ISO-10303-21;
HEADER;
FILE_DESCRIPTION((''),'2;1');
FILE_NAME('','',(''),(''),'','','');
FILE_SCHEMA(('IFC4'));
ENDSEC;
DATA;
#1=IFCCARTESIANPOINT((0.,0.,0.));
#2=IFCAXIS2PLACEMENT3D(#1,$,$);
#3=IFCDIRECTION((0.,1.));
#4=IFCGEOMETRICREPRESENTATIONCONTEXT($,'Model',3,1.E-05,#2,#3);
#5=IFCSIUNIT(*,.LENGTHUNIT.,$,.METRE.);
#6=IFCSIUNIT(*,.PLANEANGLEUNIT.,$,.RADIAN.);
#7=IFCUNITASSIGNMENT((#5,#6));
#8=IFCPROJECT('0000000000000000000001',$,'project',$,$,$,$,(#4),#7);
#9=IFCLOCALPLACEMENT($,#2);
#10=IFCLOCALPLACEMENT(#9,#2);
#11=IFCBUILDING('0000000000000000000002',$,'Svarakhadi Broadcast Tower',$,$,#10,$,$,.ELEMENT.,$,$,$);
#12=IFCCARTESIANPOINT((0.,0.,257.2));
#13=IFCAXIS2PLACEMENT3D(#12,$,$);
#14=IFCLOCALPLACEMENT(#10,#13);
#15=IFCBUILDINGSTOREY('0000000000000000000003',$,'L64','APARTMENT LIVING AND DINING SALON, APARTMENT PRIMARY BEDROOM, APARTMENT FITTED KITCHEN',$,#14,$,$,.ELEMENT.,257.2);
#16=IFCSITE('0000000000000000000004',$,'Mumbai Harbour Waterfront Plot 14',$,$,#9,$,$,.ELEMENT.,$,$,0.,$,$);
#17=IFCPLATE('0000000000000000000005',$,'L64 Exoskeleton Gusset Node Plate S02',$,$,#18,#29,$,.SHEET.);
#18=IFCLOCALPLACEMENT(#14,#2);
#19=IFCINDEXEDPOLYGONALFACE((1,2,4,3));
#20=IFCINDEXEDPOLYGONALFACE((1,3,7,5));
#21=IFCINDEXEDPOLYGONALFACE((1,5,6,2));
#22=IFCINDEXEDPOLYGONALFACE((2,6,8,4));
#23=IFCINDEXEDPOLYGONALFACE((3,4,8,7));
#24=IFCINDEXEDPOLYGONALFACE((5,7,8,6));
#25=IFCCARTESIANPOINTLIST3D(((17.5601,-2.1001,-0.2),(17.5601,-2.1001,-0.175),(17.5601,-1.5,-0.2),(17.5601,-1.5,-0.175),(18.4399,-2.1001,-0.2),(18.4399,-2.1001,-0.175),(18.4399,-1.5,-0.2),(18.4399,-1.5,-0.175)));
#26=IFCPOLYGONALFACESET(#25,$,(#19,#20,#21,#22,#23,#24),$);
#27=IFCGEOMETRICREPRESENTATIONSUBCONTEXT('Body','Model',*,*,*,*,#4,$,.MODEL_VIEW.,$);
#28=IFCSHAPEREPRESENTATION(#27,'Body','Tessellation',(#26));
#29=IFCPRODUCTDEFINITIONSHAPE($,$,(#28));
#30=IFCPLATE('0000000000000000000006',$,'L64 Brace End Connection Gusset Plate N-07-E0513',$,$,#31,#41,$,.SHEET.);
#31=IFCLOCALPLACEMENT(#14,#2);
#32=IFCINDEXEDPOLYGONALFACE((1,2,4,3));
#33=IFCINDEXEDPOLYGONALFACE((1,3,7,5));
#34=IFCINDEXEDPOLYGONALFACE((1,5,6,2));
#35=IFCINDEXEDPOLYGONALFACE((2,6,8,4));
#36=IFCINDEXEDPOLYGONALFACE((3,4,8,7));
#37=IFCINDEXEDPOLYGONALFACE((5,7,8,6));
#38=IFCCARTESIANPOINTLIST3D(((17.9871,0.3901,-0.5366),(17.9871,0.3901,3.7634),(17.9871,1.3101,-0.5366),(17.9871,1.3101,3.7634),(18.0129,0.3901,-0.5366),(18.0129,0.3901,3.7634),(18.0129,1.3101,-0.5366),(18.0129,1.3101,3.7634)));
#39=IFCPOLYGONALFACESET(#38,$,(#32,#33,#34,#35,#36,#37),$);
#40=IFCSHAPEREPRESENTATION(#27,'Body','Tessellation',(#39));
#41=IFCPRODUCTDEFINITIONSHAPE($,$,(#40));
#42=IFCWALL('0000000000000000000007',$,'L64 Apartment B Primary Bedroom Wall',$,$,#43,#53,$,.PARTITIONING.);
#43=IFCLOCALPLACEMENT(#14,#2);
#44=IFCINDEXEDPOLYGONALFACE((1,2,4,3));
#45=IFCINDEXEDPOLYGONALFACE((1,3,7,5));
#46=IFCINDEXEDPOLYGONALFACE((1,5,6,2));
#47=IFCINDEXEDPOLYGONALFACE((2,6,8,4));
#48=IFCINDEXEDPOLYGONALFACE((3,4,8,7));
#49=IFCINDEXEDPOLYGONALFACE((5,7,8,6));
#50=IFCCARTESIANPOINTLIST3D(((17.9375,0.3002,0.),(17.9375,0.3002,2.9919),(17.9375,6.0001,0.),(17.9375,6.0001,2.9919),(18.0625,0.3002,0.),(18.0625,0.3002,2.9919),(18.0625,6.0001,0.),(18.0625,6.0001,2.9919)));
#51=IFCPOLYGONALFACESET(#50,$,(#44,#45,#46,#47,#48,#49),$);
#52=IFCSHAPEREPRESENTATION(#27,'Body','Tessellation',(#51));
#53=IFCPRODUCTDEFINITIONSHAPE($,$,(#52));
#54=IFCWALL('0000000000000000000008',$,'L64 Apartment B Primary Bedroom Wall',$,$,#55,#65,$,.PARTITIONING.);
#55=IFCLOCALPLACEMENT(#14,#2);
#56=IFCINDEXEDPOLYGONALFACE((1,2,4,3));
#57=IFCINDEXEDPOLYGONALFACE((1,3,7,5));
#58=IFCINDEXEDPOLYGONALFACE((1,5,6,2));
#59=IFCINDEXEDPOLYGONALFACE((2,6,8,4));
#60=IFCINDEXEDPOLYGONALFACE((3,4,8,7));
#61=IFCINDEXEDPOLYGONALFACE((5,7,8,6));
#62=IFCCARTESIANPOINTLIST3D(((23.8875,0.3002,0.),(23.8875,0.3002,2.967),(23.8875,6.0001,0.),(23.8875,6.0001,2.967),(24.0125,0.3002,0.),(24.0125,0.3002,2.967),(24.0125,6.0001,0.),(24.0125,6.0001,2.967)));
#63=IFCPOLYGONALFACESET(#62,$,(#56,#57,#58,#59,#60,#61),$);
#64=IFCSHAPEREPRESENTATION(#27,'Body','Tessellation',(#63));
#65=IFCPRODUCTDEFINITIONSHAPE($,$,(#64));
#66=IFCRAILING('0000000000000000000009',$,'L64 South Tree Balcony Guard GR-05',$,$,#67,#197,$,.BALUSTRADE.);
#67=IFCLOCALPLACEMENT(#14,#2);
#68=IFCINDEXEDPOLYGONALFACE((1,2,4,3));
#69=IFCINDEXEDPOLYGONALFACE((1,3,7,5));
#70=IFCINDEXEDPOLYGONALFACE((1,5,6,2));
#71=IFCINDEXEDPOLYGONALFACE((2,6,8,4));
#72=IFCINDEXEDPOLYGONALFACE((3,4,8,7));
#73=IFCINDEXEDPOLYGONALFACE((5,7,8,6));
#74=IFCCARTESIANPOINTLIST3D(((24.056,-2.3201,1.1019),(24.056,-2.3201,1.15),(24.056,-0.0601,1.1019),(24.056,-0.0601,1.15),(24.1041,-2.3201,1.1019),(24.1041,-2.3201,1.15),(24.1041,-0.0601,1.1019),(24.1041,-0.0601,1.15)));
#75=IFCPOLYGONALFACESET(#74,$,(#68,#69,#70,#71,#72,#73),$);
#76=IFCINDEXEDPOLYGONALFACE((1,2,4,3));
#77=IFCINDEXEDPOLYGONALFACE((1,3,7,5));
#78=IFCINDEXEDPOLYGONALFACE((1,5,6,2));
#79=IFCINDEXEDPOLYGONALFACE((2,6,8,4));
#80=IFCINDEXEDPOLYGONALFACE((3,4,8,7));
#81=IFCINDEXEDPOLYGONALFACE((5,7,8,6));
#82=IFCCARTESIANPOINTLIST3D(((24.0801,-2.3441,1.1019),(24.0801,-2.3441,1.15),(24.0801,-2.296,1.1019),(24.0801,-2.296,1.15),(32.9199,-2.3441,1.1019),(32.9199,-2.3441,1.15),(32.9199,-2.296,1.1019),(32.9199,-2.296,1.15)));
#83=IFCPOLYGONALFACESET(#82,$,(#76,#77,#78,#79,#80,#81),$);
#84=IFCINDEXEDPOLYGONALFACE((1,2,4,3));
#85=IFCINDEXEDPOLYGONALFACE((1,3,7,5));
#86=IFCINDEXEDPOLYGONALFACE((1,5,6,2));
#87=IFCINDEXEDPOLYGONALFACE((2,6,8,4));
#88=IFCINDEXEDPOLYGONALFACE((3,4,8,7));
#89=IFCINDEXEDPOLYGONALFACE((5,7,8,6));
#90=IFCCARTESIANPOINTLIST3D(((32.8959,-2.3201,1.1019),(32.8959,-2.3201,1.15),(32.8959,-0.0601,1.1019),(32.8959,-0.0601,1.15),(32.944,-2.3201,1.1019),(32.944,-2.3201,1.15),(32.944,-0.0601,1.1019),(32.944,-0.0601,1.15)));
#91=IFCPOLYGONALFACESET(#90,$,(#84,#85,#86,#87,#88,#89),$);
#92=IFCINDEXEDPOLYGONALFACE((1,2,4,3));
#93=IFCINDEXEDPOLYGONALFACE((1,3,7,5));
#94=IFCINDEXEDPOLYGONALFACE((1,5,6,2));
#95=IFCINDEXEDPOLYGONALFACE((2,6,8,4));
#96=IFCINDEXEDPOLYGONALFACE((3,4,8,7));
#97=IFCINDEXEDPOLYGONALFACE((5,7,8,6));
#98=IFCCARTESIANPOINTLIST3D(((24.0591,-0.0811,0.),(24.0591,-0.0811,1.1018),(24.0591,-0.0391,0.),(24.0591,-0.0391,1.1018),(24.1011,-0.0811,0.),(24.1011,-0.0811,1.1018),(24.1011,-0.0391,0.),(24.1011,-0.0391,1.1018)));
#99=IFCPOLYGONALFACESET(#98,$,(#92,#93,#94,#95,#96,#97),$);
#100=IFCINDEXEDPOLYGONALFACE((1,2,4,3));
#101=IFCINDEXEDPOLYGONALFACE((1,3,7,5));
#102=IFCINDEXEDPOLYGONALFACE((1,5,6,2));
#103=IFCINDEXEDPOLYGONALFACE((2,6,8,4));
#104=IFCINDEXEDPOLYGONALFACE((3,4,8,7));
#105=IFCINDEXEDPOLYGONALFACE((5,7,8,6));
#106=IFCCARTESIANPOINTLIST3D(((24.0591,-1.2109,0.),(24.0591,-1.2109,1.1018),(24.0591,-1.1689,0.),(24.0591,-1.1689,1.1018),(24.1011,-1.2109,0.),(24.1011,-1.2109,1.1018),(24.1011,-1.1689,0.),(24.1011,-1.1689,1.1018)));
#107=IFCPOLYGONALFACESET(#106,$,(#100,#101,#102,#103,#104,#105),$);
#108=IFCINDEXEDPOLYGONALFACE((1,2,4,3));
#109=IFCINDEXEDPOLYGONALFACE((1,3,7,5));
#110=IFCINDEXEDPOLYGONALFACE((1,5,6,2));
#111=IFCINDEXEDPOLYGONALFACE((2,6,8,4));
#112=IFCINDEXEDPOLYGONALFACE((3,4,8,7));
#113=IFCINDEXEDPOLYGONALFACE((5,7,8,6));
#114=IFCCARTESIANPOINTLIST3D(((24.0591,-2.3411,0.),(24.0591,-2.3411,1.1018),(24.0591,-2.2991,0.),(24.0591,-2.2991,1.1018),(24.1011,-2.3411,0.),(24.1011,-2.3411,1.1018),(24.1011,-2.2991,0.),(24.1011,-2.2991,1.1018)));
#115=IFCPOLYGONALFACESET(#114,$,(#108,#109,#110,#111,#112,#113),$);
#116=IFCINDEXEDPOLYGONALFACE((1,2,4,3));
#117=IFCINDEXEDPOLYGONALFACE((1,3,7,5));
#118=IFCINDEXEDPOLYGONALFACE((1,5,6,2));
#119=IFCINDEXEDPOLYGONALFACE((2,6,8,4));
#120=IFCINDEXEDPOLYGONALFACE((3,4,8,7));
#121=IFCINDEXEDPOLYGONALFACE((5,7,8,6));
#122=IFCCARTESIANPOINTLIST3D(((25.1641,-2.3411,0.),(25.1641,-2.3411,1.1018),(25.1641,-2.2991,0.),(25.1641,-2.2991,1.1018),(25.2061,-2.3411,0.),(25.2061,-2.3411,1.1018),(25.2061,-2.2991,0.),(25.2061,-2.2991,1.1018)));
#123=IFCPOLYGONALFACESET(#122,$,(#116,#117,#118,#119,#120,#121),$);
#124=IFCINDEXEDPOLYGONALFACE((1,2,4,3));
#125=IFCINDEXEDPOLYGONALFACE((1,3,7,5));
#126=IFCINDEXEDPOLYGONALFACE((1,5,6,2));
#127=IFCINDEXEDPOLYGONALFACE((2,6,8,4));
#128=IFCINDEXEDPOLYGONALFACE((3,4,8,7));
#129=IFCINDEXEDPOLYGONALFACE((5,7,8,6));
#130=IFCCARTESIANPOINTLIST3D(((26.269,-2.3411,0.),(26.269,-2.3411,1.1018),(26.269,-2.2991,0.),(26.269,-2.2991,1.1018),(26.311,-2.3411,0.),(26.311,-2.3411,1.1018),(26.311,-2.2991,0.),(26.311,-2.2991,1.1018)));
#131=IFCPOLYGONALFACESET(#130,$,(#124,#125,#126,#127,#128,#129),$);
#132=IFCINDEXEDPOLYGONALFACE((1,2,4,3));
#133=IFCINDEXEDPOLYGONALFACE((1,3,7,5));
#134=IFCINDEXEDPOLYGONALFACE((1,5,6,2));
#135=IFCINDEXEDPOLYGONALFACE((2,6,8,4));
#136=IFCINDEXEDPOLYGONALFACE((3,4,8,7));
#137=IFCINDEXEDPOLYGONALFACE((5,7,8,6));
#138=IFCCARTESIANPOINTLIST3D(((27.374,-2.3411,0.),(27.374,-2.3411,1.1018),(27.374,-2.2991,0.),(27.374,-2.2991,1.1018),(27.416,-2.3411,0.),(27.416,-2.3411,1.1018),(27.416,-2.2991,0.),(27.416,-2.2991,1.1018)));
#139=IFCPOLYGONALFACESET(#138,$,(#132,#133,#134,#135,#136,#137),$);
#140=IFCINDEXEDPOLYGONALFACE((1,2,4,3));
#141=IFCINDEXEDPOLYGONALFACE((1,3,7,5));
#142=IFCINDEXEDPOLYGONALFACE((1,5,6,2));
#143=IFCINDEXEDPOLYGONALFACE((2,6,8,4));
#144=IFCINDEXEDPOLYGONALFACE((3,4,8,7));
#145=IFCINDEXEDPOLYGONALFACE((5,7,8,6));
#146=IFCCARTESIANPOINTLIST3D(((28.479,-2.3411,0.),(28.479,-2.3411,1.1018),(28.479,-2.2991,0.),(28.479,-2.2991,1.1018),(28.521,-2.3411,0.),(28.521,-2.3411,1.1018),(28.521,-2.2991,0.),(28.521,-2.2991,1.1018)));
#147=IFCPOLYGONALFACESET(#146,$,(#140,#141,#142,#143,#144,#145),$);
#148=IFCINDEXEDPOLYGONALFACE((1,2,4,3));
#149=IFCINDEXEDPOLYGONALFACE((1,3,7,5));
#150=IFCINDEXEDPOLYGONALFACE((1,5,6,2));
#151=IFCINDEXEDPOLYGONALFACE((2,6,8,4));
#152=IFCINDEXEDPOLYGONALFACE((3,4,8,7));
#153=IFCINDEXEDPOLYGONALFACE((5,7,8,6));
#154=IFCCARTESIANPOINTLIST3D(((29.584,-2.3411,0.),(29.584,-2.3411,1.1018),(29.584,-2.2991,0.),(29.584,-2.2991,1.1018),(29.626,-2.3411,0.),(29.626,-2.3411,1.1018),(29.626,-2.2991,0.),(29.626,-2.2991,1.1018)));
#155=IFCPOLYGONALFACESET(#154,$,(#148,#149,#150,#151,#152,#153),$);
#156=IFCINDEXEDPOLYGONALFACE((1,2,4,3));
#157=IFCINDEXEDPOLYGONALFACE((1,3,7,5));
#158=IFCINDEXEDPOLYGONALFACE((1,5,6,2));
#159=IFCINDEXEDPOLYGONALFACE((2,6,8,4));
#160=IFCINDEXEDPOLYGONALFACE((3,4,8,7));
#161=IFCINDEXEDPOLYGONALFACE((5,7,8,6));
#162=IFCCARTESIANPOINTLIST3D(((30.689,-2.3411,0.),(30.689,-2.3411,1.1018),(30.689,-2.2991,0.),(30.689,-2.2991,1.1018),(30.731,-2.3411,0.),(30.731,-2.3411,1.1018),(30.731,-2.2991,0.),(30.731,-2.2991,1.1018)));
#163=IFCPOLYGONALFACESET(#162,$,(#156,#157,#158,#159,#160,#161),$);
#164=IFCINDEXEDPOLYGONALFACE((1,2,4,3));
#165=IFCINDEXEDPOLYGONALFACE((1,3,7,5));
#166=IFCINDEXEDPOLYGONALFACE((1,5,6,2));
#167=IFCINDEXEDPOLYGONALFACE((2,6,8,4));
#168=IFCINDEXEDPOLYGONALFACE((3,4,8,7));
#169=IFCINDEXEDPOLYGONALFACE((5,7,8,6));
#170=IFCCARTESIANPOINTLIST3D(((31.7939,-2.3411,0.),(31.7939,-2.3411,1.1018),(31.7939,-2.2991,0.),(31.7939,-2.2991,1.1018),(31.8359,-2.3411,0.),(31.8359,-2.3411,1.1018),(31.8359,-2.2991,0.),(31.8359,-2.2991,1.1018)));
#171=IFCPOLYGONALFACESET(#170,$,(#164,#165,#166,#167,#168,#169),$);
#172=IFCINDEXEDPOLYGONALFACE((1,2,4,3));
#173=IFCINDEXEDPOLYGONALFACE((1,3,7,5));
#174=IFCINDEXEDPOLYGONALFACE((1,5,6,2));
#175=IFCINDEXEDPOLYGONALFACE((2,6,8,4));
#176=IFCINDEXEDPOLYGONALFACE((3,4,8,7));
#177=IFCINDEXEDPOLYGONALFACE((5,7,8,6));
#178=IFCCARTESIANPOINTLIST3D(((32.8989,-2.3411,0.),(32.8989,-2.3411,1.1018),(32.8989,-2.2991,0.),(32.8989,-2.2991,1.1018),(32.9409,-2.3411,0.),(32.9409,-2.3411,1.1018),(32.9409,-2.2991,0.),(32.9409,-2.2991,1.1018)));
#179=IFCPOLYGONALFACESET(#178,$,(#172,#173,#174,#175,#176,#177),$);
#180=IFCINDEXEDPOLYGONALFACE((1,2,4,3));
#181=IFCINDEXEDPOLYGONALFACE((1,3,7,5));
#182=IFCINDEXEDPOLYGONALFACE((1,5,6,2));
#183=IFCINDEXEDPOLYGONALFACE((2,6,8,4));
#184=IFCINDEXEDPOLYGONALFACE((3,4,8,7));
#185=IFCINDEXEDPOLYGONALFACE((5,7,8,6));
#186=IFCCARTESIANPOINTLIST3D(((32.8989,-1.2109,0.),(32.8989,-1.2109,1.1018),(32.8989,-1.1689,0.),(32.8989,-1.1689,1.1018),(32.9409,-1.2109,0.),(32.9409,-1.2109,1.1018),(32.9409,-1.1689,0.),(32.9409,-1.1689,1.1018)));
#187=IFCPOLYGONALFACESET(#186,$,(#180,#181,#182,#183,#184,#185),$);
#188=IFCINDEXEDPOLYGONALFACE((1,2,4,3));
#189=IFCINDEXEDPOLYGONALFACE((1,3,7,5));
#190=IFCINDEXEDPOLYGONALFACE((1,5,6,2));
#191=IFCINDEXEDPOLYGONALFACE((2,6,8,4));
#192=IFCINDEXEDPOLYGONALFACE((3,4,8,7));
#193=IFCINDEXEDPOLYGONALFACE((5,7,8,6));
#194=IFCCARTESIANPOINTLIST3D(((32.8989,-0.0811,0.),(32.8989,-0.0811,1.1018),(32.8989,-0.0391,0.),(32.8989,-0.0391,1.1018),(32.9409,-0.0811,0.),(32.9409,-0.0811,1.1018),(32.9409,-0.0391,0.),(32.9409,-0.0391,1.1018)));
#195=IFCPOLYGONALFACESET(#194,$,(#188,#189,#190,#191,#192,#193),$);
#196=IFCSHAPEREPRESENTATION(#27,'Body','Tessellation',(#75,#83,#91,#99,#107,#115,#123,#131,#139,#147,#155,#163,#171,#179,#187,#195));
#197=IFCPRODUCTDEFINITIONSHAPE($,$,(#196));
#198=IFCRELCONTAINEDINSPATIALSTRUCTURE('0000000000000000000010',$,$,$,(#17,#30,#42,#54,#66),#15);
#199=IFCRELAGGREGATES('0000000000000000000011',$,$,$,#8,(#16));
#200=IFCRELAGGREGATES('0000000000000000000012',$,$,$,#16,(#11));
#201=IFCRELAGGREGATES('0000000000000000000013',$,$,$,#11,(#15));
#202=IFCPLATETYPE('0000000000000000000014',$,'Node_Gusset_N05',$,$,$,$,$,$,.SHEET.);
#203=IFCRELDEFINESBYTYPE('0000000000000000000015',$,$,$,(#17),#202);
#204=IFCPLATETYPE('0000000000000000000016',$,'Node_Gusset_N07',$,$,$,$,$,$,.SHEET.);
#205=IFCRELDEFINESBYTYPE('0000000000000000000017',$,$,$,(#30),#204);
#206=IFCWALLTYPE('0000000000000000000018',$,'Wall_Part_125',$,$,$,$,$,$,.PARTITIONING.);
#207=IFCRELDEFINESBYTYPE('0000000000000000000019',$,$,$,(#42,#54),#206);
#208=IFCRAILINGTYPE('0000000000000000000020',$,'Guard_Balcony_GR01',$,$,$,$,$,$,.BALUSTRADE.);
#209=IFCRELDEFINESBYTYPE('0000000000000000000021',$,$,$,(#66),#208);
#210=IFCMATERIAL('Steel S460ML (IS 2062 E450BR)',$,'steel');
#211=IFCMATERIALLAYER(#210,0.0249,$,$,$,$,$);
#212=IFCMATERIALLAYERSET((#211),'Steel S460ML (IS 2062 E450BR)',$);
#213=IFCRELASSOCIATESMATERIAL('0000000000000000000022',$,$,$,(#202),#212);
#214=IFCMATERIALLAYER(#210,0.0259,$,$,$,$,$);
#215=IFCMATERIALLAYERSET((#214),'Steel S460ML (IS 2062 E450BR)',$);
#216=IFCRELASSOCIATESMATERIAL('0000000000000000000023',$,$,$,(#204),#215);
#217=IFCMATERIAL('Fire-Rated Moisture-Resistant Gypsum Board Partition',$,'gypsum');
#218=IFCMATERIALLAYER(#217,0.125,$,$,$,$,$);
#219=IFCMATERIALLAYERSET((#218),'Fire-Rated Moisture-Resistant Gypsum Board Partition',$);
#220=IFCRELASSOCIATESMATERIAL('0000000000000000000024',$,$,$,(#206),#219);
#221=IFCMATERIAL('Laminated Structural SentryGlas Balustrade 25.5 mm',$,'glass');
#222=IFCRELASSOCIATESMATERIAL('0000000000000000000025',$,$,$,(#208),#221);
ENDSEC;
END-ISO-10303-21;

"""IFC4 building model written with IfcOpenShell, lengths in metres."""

from ifc_helpers import new_model, si_unit, direction, frame, frame_2d, origin, origin_2d, place, context, subcontext, project, spatial, rectangle, extrude, material, layer, layer_set, type_object, element, save


model = new_model("IFC4")

# Units and contexts
model_context = context("Model", 3, precision=1e-05, world=origin(), true_north=direction((0.0, 1.0)))
body_context = subcontext(model_context, "Body", "Model", "MODEL_VIEW")
ifc_project = project(units=[si_unit("LENGTHUNIT", "METRE"), si_unit("PLANEANGLEUNIT", "RADIAN")], contexts=[model_context])

# Site, building, storey
site_placement = place(None, origin())
site = spatial("IfcSite", under=ifc_project, at=site_placement, Name="Mumbai Harbour Waterfront Plot 14", CompositionType="ELEMENT", RefElevation=0.0)
building_placement = place(site_placement, origin())
building = spatial("IfcBuilding", under=site, at=building_placement, Name="Svarakhadi Broadcast Tower", CompositionType="ELEMENT")
storey_placement = place(building_placement, frame((0.0, 0.0, 257.2)))
storey = spatial("IfcBuildingStorey", under=building, at=storey_placement, Name="L64", Description="APARTMENT LIVING AND DINING SALON, APARTMENT PRIMARY BEDROOM, APARTMENT FITTED KITCHEN", CompositionType="ELEMENT", Elevation=257.2)

# Shared definitions
ifc_material_1 = material(Name="Steel S460ML (IS 2062 E450BR)", Category="steel")

# Plates
ifc_layer_1 = layer(ifc_material_1, 0.0249)
ifc_layer_set_1 = layer_set([ifc_layer_1], Name="Steel S460ML (IS 2062 E450BR)")
plate_type_1 = type_object("IfcPlateType", Name="Node_Gusset_N05", PredefinedType="SHEET", material=ifc_layer_set_1)
plate_1_placement = place(storey_placement, frame((18.0, -1.8, -0.2), z_axis=(0.0, 0.0, 1.0), x_axis=(1.0, 0.0, 0.0)))
element("IfcPlate", 1, at=plate_1_placement, inside=storey, type_object=plate_type_1, Name="L64 Exoskeleton Gusset Node Plate S02", PredefinedType="SHEET", context=body_context, shape_type="SweptSolid", body=[
    extrude(rectangle(XDim=0.8799, YDim=0.6001, at=origin_2d()), origin(), (0.0, 0.0, 1.0), 0.0249),
])
ifc_layer_2 = layer(ifc_material_1, 0.0259)
ifc_layer_set_2 = layer_set([ifc_layer_2], Name="Steel S460ML (IS 2062 E450BR)")
plate_type_2 = type_object("IfcPlateType", Name="Node_Gusset_N07", PredefinedType="SHEET", material=ifc_layer_set_2)
plate_2_placement = place(storey_placement, frame((18.0, 0.8501, -0.5366), z_axis=(0.0, 0.0, 1.0), x_axis=(0.0, 1.0, 0.0)))
element("IfcPlate", 2, at=plate_2_placement, inside=storey, type_object=plate_type_2, Name="L64 Brace End Connection Gusset Plate N-07-E0513", PredefinedType="SHEET", context=body_context, shape_type="SweptSolid", body=[
    extrude(rectangle(XDim=0.9199, YDim=0.0259, at=origin_2d()), origin(), (0.0, 0.0, 1.0), 4.3),
])

# Walls
ifc_material_2 = material(Name="Fire-Rated Moisture-Resistant Gypsum Board Partition", Category="gypsum")
ifc_layer_3 = layer(ifc_material_2, 0.125)
ifc_layer_set_3 = layer_set([ifc_layer_3], Name="Fire-Rated Moisture-Resistant Gypsum Board Partition")
wall_type = type_object("IfcWallType", Name="Wall_Part_125", PredefinedType="PARTITIONING", material=ifc_layer_set_3)
wall_1_placement = place(storey_placement, frame((18.0, 0.3, 0.0), z_axis=(0.0, 0.0, 1.0), x_axis=(0.0, 1.0, 0.0)))
element("IfcWall", 3, at=wall_1_placement, inside=storey, type_object=wall_type, Name="L64 Apartment B Primary Bedroom Wall", PredefinedType="PARTITIONING", context=body_context, shape_type="SweptSolid", body=[
    extrude(rectangle(XDim=5.7, YDim=0.125, at=frame_2d((2.8501, 0.0))), origin(), (0.0, 0.0, 1.0), 2.9919),
])
wall_2_placement = place(storey_placement, frame((23.95, 0.3, 0.0), z_axis=(0.0, 0.0, 1.0), x_axis=(0.0, 1.0, 0.0)))
element("IfcWall", 4, at=wall_2_placement, inside=storey, type_object=wall_type, Name="L64 Apartment B Primary Bedroom Wall", PredefinedType="PARTITIONING", context=body_context, shape_type="SweptSolid", body=[
    extrude(rectangle(XDim=5.7, YDim=0.125, at=frame_2d((2.8501, 0.0))), origin(), (0.0, 0.0, 1.0), 2.967),
])

# Railing
ifc_material_3 = material(Name="Laminated Structural SentryGlas Balustrade 25.5 mm", Category="glass")
railing_type = type_object("IfcRailingType", Name="Guard_Balcony_GR01", PredefinedType="BALUSTRADE", material=ifc_material_3)
railing_placement = place(storey_placement, frame((24.0801, -0.0601, 0.0)))
element("IfcRailing", 5, at=railing_placement, inside=storey, type_object=railing_type, Name="L64 South Tree Balcony Guard GR-05", PredefinedType="BALUSTRADE", context=body_context, shape_type="SweptSolid", body=[
    extrude(rectangle(XDim=0.0481, YDim=0.0481, at=origin_2d()), frame((0.0, 0.0, 1.126), z_axis=(0.0, -1.0, 0.0), x_axis=(1.0, 0.0, 0.0)), (0.0, 0.0, 1.0), 2.26),
    extrude(rectangle(XDim=0.0481, YDim=0.0481, at=origin_2d()), frame((0.0, -2.26, 1.126), z_axis=(1.0, 0.0, 0.0), x_axis=(0.0, 1.0, 0.0)), (0.0, 0.0, 1.0), 8.8398),
    extrude(rectangle(XDim=0.0481, YDim=0.0481, at=origin_2d()), frame((8.8398, -2.26, 1.126), z_axis=(0.0, 1.0, 0.0), x_axis=(-1.0, 0.0, 0.0)), (0.0, 0.0, 1.0), 2.26),
    extrude(rectangle(XDim=0.042, YDim=0.042, at=origin_2d()), origin(), (0.0, 0.0, 1.0), 1.1018),
    extrude(rectangle(XDim=0.042, YDim=0.042, at=origin_2d()), frame((0.0, -1.1299, 0.0)), (0.0, 0.0, 1.0), 1.1018),
    extrude(rectangle(XDim=0.042, YDim=0.042, at=origin_2d()), frame((0.0, -2.26, 0.0)), (0.0, 0.0, 1.0), 1.1018),
    extrude(rectangle(XDim=0.042, YDim=0.042, at=origin_2d()), frame((1.105, -2.26, 0.0)), (0.0, 0.0, 1.0), 1.1018),
    extrude(rectangle(XDim=0.042, YDim=0.042, at=origin_2d()), frame((2.21, -2.26, 0.0)), (0.0, 0.0, 1.0), 1.1018),
    extrude(rectangle(XDim=0.042, YDim=0.042, at=origin_2d()), frame((3.3149, -2.26, 0.0)), (0.0, 0.0, 1.0), 1.1018),
    extrude(rectangle(XDim=0.042, YDim=0.042, at=origin_2d()), frame((4.4199, -2.26, 0.0)), (0.0, 0.0, 1.0), 1.1018),
    extrude(rectangle(XDim=0.042, YDim=0.042, at=origin_2d()), frame((5.5249, -2.26, 0.0)), (0.0, 0.0, 1.0), 1.1018),
    extrude(rectangle(XDim=0.042, YDim=0.042, at=origin_2d()), frame((6.6299, -2.26, 0.0)), (0.0, 0.0, 1.0), 1.1018),
    extrude(rectangle(XDim=0.042, YDim=0.042, at=origin_2d()), frame((7.7349, -2.26, 0.0)), (0.0, 0.0, 1.0), 1.1018),
    extrude(rectangle(XDim=0.042, YDim=0.042, at=origin_2d()), frame((8.8398, -2.26, 0.0)), (0.0, 0.0, 1.0), 1.1018),
    extrude(rectangle(XDim=0.042, YDim=0.042, at=origin_2d()), frame((8.8398, -1.1299, 0.0)), (0.0, 0.0, 1.0), 1.1018),
    extrude(rectangle(XDim=0.042, YDim=0.042, at=origin_2d()), frame((8.8398, 0.0, 0.0)), (0.0, 0.0, 1.0), 1.1018),
])

save(model, "model.ifc")
